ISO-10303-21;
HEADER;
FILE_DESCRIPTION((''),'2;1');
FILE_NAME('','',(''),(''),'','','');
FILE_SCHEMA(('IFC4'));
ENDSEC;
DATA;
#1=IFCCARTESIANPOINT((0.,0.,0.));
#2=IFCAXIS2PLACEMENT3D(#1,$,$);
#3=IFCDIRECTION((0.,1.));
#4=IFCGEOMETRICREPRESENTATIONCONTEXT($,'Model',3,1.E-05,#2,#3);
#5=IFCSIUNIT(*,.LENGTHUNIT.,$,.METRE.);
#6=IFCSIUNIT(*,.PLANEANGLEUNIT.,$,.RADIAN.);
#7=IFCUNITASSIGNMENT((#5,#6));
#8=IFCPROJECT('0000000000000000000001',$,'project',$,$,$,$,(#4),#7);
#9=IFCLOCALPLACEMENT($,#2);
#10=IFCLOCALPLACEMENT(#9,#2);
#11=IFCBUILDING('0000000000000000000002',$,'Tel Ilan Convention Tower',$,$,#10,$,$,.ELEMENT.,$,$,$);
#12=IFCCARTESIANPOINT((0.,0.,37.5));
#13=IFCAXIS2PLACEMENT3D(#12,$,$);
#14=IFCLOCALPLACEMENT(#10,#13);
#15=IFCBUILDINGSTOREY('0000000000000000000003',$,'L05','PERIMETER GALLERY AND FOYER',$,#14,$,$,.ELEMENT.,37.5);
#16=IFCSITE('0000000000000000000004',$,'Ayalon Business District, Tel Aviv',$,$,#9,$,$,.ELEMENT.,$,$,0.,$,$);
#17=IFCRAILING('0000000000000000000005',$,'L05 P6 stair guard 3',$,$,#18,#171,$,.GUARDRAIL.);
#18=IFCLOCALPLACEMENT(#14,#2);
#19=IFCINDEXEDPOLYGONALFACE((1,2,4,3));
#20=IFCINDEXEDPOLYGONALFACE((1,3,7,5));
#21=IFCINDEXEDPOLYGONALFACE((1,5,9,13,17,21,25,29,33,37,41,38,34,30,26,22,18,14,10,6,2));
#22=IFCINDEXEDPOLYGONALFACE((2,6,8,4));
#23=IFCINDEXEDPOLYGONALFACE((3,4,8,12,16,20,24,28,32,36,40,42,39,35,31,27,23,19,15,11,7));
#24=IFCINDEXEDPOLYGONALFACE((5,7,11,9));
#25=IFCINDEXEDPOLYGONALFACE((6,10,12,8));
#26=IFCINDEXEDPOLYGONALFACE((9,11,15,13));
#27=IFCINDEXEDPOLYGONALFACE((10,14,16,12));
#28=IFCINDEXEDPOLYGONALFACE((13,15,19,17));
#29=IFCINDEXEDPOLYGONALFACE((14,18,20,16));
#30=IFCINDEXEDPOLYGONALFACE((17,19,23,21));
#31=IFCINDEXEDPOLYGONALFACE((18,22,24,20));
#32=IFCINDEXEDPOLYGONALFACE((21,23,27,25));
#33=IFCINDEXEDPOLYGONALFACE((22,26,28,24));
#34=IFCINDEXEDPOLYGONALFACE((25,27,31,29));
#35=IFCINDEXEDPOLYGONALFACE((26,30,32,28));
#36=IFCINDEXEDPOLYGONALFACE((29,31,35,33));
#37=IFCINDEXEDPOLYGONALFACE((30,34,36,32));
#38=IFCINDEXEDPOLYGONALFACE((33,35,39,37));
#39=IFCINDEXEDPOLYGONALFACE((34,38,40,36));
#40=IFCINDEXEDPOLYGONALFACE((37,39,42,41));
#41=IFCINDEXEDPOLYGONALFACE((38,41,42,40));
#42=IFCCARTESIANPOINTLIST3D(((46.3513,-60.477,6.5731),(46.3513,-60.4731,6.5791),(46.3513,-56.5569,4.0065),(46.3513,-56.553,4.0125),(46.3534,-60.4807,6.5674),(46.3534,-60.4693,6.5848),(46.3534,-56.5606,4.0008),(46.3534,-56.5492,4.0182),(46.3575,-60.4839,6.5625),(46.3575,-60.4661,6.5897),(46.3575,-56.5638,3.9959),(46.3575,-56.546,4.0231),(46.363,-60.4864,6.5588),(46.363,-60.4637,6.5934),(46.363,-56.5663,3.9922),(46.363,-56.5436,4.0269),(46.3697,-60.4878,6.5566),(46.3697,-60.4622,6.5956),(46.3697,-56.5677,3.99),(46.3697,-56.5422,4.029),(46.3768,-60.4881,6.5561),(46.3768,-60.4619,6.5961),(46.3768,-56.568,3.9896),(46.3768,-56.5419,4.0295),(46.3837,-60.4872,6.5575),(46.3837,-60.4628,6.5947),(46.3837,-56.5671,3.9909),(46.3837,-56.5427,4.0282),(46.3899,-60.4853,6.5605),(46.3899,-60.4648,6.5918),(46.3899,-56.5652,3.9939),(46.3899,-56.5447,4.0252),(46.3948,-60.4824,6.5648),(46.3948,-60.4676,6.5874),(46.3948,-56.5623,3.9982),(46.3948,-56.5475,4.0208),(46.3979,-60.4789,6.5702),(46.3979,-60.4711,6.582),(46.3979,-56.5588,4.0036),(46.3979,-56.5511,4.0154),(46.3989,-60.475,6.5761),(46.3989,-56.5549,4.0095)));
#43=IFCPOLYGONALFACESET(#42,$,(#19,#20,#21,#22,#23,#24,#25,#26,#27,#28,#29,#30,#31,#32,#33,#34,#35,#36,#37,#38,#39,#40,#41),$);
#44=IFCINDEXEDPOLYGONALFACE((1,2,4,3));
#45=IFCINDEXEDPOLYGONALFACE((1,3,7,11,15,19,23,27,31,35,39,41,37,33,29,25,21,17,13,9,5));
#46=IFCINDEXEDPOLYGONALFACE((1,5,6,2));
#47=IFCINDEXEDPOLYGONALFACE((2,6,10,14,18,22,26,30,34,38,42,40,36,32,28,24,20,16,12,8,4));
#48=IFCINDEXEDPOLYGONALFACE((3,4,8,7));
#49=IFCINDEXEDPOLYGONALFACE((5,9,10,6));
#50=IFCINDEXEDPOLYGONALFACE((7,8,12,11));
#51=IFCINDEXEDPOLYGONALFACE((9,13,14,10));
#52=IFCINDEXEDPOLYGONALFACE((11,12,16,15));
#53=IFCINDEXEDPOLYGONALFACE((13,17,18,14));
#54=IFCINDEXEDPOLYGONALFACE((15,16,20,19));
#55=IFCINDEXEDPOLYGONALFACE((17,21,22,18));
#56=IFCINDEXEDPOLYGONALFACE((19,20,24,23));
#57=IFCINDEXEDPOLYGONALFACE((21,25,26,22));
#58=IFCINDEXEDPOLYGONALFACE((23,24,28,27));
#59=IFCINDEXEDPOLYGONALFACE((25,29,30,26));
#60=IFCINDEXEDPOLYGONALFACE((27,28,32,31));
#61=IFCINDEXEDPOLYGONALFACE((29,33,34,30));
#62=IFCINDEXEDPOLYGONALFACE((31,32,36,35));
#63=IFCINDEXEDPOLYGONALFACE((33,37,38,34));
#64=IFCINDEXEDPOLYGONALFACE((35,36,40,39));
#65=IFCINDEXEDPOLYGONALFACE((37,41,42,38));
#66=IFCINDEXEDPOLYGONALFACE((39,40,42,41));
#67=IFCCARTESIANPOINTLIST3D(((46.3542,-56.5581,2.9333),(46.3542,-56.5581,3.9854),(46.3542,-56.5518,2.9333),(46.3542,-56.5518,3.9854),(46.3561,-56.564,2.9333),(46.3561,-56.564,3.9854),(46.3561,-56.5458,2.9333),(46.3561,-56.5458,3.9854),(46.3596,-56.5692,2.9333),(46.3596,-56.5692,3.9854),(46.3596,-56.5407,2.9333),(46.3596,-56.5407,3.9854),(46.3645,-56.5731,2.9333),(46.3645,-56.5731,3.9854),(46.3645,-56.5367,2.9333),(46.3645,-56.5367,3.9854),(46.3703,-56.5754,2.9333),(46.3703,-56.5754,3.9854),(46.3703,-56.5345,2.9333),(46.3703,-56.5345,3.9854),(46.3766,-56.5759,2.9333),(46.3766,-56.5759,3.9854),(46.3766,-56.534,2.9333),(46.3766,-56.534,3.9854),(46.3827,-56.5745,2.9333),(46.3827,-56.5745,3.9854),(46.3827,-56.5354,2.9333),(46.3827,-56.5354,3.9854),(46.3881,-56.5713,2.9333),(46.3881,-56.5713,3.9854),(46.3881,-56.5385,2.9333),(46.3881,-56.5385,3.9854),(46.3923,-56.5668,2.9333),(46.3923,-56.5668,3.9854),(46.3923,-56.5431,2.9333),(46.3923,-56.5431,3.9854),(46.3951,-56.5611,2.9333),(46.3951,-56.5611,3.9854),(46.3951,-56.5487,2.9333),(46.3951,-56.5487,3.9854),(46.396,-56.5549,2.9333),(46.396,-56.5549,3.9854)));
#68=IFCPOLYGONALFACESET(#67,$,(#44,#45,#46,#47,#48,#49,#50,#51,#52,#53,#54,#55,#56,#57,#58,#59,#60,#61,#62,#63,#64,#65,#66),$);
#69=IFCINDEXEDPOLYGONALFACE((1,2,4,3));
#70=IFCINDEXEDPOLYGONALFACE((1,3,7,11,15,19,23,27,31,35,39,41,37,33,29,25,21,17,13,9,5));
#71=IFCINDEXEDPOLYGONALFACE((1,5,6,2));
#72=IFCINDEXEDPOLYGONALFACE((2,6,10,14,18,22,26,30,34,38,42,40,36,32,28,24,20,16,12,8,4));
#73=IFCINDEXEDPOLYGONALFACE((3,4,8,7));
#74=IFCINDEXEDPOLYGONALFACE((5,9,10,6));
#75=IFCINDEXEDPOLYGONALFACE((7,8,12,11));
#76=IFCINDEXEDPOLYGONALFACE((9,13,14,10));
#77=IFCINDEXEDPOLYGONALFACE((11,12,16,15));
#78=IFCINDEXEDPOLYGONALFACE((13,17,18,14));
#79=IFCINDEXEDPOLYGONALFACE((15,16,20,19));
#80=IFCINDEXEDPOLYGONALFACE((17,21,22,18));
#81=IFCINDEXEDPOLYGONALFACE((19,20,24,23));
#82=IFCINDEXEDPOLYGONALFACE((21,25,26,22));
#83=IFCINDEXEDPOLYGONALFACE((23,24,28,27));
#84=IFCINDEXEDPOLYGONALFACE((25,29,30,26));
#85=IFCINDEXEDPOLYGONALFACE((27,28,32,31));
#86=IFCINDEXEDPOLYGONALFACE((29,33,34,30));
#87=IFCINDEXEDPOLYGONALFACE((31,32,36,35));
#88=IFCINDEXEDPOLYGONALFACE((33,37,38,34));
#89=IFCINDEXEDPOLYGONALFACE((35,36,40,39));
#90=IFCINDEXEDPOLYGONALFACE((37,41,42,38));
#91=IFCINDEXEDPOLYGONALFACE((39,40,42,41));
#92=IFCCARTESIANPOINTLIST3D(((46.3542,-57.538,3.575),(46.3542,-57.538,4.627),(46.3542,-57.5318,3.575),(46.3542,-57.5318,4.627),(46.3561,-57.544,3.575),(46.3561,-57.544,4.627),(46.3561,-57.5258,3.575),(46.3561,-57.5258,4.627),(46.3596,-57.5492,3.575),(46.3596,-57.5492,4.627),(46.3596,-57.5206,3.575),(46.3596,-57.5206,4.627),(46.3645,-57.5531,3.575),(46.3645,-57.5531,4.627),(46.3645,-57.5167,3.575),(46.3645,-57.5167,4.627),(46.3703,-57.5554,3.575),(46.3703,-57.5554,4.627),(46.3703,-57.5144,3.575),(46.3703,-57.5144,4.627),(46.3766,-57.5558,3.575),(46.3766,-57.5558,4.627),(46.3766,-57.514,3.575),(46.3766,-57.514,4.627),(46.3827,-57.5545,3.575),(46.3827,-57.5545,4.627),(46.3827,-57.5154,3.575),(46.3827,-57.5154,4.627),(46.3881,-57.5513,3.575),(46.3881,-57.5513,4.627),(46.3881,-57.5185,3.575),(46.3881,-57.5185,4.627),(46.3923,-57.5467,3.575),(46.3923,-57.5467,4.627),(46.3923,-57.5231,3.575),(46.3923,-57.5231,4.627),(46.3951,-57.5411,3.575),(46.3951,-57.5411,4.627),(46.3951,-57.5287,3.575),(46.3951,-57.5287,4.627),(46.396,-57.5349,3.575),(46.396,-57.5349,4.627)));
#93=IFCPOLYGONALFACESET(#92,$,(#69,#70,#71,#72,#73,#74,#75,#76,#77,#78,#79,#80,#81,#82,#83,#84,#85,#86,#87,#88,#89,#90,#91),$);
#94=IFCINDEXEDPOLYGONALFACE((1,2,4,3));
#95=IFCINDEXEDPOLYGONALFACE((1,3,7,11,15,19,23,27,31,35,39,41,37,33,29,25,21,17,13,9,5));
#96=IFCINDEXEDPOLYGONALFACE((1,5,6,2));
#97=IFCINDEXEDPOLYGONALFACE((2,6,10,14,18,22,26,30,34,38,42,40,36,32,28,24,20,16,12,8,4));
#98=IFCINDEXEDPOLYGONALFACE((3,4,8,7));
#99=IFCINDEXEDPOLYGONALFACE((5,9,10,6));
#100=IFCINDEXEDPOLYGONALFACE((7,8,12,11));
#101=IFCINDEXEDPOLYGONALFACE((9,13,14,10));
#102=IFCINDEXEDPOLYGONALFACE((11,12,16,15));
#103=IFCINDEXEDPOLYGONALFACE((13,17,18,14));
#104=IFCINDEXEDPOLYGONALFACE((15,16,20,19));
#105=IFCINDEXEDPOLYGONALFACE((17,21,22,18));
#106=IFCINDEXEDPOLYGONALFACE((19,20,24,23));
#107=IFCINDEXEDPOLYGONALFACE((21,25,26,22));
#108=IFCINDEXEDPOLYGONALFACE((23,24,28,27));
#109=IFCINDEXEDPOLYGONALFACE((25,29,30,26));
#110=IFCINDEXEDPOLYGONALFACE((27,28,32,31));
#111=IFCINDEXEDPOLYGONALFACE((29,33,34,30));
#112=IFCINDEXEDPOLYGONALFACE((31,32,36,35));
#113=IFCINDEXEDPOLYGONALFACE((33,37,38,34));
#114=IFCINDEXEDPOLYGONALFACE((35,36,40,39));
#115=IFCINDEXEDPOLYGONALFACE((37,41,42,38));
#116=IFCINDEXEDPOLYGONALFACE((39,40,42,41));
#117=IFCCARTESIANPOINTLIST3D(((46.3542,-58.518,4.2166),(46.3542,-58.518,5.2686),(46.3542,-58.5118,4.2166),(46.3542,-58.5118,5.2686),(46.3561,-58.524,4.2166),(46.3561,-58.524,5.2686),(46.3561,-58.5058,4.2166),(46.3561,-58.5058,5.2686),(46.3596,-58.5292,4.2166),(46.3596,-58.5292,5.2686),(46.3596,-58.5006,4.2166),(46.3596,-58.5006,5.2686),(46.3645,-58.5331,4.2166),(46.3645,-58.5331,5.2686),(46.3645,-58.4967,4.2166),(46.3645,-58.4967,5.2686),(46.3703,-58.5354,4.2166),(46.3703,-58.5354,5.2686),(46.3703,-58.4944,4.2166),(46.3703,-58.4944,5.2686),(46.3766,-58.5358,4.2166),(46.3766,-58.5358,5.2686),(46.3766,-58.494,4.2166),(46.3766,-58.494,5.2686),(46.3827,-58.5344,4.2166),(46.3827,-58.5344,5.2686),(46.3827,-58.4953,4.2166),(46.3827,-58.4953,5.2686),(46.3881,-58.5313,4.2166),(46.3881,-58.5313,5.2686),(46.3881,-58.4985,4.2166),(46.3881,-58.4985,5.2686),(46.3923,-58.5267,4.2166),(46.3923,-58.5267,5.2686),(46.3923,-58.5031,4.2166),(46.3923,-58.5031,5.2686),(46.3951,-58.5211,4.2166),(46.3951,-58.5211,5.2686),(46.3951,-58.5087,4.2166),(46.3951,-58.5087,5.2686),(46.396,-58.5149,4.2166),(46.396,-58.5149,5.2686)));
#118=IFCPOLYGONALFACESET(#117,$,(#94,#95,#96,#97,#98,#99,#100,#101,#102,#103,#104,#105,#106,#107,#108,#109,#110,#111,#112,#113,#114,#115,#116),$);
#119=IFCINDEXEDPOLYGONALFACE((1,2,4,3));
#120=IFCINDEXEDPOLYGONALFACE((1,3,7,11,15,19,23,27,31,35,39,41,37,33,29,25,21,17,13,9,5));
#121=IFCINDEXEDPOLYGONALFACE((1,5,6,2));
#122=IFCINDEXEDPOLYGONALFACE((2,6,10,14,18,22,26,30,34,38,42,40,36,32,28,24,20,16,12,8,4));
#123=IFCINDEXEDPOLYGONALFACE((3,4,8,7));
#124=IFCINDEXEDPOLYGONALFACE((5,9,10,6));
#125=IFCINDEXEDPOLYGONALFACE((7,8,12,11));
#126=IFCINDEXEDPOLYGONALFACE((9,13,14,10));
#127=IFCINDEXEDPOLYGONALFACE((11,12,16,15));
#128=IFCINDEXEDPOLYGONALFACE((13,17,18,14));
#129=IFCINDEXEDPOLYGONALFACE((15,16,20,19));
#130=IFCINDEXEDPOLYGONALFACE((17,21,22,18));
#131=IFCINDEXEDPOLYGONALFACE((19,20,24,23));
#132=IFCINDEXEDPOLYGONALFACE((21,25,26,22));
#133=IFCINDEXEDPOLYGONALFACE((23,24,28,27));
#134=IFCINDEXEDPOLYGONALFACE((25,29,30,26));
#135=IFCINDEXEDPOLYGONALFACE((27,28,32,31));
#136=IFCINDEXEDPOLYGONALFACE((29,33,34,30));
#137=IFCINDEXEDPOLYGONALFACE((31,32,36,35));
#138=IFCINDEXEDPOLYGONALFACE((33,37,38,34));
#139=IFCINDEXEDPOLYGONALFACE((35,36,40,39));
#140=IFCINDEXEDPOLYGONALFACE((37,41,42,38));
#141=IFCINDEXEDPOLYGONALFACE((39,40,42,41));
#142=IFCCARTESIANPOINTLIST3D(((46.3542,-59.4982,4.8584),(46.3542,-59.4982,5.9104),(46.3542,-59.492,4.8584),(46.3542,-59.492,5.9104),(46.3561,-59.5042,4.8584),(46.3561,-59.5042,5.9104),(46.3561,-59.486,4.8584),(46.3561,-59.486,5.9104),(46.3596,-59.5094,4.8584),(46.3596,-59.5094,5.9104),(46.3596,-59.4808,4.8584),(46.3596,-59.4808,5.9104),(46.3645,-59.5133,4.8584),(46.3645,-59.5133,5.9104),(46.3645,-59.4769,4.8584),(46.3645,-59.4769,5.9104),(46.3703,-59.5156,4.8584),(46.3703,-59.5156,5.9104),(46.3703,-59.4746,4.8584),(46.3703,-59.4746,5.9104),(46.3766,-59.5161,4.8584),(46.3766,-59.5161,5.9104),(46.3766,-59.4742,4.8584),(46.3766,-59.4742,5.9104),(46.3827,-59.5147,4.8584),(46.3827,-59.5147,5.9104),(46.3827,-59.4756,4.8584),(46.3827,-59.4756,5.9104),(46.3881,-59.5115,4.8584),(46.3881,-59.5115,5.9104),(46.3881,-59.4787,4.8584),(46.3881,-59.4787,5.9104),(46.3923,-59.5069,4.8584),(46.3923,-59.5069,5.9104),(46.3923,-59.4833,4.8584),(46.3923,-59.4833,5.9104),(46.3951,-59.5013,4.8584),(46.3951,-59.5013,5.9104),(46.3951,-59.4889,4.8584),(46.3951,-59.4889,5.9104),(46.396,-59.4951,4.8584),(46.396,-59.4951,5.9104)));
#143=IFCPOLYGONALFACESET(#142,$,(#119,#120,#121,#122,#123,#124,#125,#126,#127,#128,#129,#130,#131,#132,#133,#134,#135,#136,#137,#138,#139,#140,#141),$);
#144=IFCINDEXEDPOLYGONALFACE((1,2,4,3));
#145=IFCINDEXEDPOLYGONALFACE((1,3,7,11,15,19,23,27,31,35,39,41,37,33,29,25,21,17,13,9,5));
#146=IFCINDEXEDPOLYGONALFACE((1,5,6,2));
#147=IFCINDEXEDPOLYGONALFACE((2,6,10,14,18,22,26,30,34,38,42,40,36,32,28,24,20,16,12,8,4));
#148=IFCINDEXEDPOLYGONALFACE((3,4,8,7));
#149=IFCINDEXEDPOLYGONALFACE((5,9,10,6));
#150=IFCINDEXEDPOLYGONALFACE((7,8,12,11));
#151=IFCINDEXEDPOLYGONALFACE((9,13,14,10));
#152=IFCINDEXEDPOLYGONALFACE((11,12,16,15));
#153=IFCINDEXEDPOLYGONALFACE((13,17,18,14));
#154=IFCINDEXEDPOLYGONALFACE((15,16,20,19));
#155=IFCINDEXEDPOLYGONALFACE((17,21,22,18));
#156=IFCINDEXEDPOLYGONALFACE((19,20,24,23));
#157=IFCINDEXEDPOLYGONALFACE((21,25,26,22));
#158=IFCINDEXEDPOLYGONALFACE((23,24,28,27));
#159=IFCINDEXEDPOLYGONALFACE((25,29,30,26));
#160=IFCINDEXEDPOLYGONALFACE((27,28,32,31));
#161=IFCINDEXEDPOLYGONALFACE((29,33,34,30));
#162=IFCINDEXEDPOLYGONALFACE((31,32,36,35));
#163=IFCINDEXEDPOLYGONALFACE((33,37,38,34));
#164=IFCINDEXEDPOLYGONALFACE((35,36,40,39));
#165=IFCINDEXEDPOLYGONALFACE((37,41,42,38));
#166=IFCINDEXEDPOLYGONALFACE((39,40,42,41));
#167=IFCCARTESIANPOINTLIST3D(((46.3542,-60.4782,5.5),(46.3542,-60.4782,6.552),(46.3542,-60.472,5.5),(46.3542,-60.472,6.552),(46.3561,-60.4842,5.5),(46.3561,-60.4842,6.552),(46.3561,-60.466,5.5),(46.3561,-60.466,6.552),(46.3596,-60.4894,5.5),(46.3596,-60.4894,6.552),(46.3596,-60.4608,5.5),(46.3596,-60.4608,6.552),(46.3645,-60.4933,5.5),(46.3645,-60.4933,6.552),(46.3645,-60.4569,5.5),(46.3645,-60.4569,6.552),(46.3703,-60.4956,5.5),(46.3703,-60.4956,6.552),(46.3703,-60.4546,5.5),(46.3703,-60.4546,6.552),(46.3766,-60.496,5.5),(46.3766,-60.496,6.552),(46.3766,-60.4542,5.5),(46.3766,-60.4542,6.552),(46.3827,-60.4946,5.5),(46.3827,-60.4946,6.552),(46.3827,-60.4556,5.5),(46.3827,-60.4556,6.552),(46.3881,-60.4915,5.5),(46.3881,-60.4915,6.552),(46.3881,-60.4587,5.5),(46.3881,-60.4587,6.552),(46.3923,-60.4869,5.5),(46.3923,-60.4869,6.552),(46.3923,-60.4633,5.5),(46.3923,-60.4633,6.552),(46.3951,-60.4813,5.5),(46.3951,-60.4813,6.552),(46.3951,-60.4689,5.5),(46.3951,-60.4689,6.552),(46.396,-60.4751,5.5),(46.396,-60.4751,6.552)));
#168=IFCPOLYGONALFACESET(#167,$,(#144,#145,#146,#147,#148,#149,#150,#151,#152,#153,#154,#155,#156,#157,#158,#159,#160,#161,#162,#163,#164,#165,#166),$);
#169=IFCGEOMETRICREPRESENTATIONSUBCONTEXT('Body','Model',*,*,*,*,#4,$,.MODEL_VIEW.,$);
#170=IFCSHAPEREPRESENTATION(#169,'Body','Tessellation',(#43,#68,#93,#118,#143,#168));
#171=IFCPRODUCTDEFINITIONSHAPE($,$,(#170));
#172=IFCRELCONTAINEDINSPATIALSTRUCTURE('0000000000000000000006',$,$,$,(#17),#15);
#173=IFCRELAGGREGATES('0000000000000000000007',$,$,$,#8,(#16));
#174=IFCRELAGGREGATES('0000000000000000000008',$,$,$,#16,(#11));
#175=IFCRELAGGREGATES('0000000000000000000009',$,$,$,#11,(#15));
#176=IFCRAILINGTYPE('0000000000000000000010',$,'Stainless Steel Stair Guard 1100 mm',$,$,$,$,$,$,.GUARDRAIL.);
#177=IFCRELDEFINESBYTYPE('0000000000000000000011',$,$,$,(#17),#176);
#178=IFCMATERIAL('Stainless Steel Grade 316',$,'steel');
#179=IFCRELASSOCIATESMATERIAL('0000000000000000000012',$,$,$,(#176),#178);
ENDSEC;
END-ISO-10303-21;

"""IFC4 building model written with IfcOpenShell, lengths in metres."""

from ifc_helpers import new_model, si_unit, direction, frame, origin, origin_2d, place, context, subcontext, project, spatial, circle, extrude, material, type_object, element, save


model = new_model("IFC4")

# Units and contexts
model_context = context("Model", 3, precision=1e-05, world=origin(), true_north=direction((0.0, 1.0)))
body_context = subcontext(model_context, "Body", "Model", "MODEL_VIEW")
ifc_project = project(units=[si_unit("LENGTHUNIT", "METRE"), si_unit("PLANEANGLEUNIT", "RADIAN")], contexts=[model_context])

# Site, building, storey
site_placement = place(None, origin())
site = spatial("IfcSite", under=ifc_project, at=site_placement, Name="Ayalon Business District, Tel Aviv", CompositionType="ELEMENT", RefElevation=0.0)
building_placement = place(site_placement, origin())
building = spatial("IfcBuilding", under=site, at=building_placement, Name="Tel Ilan Convention Tower", CompositionType="ELEMENT")
storey_placement = place(building_placement, frame((0.0, 0.0, 37.5)))
storey = spatial("IfcBuildingStorey", under=building, at=storey_placement, Name="L05", Description="PERIMETER GALLERY AND FOYER", CompositionType="ELEMENT", Elevation=37.5)

# Railing
ifc_material_1 = material(Name="Stainless Steel Grade 316", Category="steel")
railing_type_1 = type_object("IfcRailingType", Name="Stainless Steel Stair Guard 1100 mm", PredefinedType="GUARDRAIL", material=ifc_material_1)
railing_1_placement = place(storey_placement, frame((46.375, -56.5549, 2.9333)))
element("IfcRailing", 1, at=railing_1_placement, inside=storey, type_object=railing_type_1, Name="L05 P6 stair guard 3", PredefinedType="GUARDRAIL", context=body_context, shape_type="SweptSolid", body=[
    extrude(circle(Radius=0.0239, at=origin_2d()), frame((0.0, 0.0, 1.0762), z_axis=(0.0, -0.836631, 0.547767), x_axis=(1.0, 0.0, 0.0)), (0.0, 0.0, 1.0), 4.6855),
    extrude(circle(Radius=0.021, at=origin_2d()), origin(), (0.0, 0.0, 1.0), 1.052),
    extrude(circle(Radius=0.021, at=origin_2d()), frame((0.0, -0.98, 0.6416)), (0.0, 0.0, 1.0), 1.052),
    extrude(circle(Radius=0.021, at=origin_2d()), frame((0.0, -1.96, 1.2832)), (0.0, 0.0, 1.0), 1.052),
    extrude(circle(Radius=0.021, at=origin_2d()), frame((0.0, -2.9402, 1.925)), (0.0, 0.0, 1.0), 1.052),
    extrude(circle(Radius=0.021, at=origin_2d()), frame((0.0, -3.9202, 2.5667)), (0.0, 0.0, 1.0), 1.052),
])

save(model, "model.ifc")
